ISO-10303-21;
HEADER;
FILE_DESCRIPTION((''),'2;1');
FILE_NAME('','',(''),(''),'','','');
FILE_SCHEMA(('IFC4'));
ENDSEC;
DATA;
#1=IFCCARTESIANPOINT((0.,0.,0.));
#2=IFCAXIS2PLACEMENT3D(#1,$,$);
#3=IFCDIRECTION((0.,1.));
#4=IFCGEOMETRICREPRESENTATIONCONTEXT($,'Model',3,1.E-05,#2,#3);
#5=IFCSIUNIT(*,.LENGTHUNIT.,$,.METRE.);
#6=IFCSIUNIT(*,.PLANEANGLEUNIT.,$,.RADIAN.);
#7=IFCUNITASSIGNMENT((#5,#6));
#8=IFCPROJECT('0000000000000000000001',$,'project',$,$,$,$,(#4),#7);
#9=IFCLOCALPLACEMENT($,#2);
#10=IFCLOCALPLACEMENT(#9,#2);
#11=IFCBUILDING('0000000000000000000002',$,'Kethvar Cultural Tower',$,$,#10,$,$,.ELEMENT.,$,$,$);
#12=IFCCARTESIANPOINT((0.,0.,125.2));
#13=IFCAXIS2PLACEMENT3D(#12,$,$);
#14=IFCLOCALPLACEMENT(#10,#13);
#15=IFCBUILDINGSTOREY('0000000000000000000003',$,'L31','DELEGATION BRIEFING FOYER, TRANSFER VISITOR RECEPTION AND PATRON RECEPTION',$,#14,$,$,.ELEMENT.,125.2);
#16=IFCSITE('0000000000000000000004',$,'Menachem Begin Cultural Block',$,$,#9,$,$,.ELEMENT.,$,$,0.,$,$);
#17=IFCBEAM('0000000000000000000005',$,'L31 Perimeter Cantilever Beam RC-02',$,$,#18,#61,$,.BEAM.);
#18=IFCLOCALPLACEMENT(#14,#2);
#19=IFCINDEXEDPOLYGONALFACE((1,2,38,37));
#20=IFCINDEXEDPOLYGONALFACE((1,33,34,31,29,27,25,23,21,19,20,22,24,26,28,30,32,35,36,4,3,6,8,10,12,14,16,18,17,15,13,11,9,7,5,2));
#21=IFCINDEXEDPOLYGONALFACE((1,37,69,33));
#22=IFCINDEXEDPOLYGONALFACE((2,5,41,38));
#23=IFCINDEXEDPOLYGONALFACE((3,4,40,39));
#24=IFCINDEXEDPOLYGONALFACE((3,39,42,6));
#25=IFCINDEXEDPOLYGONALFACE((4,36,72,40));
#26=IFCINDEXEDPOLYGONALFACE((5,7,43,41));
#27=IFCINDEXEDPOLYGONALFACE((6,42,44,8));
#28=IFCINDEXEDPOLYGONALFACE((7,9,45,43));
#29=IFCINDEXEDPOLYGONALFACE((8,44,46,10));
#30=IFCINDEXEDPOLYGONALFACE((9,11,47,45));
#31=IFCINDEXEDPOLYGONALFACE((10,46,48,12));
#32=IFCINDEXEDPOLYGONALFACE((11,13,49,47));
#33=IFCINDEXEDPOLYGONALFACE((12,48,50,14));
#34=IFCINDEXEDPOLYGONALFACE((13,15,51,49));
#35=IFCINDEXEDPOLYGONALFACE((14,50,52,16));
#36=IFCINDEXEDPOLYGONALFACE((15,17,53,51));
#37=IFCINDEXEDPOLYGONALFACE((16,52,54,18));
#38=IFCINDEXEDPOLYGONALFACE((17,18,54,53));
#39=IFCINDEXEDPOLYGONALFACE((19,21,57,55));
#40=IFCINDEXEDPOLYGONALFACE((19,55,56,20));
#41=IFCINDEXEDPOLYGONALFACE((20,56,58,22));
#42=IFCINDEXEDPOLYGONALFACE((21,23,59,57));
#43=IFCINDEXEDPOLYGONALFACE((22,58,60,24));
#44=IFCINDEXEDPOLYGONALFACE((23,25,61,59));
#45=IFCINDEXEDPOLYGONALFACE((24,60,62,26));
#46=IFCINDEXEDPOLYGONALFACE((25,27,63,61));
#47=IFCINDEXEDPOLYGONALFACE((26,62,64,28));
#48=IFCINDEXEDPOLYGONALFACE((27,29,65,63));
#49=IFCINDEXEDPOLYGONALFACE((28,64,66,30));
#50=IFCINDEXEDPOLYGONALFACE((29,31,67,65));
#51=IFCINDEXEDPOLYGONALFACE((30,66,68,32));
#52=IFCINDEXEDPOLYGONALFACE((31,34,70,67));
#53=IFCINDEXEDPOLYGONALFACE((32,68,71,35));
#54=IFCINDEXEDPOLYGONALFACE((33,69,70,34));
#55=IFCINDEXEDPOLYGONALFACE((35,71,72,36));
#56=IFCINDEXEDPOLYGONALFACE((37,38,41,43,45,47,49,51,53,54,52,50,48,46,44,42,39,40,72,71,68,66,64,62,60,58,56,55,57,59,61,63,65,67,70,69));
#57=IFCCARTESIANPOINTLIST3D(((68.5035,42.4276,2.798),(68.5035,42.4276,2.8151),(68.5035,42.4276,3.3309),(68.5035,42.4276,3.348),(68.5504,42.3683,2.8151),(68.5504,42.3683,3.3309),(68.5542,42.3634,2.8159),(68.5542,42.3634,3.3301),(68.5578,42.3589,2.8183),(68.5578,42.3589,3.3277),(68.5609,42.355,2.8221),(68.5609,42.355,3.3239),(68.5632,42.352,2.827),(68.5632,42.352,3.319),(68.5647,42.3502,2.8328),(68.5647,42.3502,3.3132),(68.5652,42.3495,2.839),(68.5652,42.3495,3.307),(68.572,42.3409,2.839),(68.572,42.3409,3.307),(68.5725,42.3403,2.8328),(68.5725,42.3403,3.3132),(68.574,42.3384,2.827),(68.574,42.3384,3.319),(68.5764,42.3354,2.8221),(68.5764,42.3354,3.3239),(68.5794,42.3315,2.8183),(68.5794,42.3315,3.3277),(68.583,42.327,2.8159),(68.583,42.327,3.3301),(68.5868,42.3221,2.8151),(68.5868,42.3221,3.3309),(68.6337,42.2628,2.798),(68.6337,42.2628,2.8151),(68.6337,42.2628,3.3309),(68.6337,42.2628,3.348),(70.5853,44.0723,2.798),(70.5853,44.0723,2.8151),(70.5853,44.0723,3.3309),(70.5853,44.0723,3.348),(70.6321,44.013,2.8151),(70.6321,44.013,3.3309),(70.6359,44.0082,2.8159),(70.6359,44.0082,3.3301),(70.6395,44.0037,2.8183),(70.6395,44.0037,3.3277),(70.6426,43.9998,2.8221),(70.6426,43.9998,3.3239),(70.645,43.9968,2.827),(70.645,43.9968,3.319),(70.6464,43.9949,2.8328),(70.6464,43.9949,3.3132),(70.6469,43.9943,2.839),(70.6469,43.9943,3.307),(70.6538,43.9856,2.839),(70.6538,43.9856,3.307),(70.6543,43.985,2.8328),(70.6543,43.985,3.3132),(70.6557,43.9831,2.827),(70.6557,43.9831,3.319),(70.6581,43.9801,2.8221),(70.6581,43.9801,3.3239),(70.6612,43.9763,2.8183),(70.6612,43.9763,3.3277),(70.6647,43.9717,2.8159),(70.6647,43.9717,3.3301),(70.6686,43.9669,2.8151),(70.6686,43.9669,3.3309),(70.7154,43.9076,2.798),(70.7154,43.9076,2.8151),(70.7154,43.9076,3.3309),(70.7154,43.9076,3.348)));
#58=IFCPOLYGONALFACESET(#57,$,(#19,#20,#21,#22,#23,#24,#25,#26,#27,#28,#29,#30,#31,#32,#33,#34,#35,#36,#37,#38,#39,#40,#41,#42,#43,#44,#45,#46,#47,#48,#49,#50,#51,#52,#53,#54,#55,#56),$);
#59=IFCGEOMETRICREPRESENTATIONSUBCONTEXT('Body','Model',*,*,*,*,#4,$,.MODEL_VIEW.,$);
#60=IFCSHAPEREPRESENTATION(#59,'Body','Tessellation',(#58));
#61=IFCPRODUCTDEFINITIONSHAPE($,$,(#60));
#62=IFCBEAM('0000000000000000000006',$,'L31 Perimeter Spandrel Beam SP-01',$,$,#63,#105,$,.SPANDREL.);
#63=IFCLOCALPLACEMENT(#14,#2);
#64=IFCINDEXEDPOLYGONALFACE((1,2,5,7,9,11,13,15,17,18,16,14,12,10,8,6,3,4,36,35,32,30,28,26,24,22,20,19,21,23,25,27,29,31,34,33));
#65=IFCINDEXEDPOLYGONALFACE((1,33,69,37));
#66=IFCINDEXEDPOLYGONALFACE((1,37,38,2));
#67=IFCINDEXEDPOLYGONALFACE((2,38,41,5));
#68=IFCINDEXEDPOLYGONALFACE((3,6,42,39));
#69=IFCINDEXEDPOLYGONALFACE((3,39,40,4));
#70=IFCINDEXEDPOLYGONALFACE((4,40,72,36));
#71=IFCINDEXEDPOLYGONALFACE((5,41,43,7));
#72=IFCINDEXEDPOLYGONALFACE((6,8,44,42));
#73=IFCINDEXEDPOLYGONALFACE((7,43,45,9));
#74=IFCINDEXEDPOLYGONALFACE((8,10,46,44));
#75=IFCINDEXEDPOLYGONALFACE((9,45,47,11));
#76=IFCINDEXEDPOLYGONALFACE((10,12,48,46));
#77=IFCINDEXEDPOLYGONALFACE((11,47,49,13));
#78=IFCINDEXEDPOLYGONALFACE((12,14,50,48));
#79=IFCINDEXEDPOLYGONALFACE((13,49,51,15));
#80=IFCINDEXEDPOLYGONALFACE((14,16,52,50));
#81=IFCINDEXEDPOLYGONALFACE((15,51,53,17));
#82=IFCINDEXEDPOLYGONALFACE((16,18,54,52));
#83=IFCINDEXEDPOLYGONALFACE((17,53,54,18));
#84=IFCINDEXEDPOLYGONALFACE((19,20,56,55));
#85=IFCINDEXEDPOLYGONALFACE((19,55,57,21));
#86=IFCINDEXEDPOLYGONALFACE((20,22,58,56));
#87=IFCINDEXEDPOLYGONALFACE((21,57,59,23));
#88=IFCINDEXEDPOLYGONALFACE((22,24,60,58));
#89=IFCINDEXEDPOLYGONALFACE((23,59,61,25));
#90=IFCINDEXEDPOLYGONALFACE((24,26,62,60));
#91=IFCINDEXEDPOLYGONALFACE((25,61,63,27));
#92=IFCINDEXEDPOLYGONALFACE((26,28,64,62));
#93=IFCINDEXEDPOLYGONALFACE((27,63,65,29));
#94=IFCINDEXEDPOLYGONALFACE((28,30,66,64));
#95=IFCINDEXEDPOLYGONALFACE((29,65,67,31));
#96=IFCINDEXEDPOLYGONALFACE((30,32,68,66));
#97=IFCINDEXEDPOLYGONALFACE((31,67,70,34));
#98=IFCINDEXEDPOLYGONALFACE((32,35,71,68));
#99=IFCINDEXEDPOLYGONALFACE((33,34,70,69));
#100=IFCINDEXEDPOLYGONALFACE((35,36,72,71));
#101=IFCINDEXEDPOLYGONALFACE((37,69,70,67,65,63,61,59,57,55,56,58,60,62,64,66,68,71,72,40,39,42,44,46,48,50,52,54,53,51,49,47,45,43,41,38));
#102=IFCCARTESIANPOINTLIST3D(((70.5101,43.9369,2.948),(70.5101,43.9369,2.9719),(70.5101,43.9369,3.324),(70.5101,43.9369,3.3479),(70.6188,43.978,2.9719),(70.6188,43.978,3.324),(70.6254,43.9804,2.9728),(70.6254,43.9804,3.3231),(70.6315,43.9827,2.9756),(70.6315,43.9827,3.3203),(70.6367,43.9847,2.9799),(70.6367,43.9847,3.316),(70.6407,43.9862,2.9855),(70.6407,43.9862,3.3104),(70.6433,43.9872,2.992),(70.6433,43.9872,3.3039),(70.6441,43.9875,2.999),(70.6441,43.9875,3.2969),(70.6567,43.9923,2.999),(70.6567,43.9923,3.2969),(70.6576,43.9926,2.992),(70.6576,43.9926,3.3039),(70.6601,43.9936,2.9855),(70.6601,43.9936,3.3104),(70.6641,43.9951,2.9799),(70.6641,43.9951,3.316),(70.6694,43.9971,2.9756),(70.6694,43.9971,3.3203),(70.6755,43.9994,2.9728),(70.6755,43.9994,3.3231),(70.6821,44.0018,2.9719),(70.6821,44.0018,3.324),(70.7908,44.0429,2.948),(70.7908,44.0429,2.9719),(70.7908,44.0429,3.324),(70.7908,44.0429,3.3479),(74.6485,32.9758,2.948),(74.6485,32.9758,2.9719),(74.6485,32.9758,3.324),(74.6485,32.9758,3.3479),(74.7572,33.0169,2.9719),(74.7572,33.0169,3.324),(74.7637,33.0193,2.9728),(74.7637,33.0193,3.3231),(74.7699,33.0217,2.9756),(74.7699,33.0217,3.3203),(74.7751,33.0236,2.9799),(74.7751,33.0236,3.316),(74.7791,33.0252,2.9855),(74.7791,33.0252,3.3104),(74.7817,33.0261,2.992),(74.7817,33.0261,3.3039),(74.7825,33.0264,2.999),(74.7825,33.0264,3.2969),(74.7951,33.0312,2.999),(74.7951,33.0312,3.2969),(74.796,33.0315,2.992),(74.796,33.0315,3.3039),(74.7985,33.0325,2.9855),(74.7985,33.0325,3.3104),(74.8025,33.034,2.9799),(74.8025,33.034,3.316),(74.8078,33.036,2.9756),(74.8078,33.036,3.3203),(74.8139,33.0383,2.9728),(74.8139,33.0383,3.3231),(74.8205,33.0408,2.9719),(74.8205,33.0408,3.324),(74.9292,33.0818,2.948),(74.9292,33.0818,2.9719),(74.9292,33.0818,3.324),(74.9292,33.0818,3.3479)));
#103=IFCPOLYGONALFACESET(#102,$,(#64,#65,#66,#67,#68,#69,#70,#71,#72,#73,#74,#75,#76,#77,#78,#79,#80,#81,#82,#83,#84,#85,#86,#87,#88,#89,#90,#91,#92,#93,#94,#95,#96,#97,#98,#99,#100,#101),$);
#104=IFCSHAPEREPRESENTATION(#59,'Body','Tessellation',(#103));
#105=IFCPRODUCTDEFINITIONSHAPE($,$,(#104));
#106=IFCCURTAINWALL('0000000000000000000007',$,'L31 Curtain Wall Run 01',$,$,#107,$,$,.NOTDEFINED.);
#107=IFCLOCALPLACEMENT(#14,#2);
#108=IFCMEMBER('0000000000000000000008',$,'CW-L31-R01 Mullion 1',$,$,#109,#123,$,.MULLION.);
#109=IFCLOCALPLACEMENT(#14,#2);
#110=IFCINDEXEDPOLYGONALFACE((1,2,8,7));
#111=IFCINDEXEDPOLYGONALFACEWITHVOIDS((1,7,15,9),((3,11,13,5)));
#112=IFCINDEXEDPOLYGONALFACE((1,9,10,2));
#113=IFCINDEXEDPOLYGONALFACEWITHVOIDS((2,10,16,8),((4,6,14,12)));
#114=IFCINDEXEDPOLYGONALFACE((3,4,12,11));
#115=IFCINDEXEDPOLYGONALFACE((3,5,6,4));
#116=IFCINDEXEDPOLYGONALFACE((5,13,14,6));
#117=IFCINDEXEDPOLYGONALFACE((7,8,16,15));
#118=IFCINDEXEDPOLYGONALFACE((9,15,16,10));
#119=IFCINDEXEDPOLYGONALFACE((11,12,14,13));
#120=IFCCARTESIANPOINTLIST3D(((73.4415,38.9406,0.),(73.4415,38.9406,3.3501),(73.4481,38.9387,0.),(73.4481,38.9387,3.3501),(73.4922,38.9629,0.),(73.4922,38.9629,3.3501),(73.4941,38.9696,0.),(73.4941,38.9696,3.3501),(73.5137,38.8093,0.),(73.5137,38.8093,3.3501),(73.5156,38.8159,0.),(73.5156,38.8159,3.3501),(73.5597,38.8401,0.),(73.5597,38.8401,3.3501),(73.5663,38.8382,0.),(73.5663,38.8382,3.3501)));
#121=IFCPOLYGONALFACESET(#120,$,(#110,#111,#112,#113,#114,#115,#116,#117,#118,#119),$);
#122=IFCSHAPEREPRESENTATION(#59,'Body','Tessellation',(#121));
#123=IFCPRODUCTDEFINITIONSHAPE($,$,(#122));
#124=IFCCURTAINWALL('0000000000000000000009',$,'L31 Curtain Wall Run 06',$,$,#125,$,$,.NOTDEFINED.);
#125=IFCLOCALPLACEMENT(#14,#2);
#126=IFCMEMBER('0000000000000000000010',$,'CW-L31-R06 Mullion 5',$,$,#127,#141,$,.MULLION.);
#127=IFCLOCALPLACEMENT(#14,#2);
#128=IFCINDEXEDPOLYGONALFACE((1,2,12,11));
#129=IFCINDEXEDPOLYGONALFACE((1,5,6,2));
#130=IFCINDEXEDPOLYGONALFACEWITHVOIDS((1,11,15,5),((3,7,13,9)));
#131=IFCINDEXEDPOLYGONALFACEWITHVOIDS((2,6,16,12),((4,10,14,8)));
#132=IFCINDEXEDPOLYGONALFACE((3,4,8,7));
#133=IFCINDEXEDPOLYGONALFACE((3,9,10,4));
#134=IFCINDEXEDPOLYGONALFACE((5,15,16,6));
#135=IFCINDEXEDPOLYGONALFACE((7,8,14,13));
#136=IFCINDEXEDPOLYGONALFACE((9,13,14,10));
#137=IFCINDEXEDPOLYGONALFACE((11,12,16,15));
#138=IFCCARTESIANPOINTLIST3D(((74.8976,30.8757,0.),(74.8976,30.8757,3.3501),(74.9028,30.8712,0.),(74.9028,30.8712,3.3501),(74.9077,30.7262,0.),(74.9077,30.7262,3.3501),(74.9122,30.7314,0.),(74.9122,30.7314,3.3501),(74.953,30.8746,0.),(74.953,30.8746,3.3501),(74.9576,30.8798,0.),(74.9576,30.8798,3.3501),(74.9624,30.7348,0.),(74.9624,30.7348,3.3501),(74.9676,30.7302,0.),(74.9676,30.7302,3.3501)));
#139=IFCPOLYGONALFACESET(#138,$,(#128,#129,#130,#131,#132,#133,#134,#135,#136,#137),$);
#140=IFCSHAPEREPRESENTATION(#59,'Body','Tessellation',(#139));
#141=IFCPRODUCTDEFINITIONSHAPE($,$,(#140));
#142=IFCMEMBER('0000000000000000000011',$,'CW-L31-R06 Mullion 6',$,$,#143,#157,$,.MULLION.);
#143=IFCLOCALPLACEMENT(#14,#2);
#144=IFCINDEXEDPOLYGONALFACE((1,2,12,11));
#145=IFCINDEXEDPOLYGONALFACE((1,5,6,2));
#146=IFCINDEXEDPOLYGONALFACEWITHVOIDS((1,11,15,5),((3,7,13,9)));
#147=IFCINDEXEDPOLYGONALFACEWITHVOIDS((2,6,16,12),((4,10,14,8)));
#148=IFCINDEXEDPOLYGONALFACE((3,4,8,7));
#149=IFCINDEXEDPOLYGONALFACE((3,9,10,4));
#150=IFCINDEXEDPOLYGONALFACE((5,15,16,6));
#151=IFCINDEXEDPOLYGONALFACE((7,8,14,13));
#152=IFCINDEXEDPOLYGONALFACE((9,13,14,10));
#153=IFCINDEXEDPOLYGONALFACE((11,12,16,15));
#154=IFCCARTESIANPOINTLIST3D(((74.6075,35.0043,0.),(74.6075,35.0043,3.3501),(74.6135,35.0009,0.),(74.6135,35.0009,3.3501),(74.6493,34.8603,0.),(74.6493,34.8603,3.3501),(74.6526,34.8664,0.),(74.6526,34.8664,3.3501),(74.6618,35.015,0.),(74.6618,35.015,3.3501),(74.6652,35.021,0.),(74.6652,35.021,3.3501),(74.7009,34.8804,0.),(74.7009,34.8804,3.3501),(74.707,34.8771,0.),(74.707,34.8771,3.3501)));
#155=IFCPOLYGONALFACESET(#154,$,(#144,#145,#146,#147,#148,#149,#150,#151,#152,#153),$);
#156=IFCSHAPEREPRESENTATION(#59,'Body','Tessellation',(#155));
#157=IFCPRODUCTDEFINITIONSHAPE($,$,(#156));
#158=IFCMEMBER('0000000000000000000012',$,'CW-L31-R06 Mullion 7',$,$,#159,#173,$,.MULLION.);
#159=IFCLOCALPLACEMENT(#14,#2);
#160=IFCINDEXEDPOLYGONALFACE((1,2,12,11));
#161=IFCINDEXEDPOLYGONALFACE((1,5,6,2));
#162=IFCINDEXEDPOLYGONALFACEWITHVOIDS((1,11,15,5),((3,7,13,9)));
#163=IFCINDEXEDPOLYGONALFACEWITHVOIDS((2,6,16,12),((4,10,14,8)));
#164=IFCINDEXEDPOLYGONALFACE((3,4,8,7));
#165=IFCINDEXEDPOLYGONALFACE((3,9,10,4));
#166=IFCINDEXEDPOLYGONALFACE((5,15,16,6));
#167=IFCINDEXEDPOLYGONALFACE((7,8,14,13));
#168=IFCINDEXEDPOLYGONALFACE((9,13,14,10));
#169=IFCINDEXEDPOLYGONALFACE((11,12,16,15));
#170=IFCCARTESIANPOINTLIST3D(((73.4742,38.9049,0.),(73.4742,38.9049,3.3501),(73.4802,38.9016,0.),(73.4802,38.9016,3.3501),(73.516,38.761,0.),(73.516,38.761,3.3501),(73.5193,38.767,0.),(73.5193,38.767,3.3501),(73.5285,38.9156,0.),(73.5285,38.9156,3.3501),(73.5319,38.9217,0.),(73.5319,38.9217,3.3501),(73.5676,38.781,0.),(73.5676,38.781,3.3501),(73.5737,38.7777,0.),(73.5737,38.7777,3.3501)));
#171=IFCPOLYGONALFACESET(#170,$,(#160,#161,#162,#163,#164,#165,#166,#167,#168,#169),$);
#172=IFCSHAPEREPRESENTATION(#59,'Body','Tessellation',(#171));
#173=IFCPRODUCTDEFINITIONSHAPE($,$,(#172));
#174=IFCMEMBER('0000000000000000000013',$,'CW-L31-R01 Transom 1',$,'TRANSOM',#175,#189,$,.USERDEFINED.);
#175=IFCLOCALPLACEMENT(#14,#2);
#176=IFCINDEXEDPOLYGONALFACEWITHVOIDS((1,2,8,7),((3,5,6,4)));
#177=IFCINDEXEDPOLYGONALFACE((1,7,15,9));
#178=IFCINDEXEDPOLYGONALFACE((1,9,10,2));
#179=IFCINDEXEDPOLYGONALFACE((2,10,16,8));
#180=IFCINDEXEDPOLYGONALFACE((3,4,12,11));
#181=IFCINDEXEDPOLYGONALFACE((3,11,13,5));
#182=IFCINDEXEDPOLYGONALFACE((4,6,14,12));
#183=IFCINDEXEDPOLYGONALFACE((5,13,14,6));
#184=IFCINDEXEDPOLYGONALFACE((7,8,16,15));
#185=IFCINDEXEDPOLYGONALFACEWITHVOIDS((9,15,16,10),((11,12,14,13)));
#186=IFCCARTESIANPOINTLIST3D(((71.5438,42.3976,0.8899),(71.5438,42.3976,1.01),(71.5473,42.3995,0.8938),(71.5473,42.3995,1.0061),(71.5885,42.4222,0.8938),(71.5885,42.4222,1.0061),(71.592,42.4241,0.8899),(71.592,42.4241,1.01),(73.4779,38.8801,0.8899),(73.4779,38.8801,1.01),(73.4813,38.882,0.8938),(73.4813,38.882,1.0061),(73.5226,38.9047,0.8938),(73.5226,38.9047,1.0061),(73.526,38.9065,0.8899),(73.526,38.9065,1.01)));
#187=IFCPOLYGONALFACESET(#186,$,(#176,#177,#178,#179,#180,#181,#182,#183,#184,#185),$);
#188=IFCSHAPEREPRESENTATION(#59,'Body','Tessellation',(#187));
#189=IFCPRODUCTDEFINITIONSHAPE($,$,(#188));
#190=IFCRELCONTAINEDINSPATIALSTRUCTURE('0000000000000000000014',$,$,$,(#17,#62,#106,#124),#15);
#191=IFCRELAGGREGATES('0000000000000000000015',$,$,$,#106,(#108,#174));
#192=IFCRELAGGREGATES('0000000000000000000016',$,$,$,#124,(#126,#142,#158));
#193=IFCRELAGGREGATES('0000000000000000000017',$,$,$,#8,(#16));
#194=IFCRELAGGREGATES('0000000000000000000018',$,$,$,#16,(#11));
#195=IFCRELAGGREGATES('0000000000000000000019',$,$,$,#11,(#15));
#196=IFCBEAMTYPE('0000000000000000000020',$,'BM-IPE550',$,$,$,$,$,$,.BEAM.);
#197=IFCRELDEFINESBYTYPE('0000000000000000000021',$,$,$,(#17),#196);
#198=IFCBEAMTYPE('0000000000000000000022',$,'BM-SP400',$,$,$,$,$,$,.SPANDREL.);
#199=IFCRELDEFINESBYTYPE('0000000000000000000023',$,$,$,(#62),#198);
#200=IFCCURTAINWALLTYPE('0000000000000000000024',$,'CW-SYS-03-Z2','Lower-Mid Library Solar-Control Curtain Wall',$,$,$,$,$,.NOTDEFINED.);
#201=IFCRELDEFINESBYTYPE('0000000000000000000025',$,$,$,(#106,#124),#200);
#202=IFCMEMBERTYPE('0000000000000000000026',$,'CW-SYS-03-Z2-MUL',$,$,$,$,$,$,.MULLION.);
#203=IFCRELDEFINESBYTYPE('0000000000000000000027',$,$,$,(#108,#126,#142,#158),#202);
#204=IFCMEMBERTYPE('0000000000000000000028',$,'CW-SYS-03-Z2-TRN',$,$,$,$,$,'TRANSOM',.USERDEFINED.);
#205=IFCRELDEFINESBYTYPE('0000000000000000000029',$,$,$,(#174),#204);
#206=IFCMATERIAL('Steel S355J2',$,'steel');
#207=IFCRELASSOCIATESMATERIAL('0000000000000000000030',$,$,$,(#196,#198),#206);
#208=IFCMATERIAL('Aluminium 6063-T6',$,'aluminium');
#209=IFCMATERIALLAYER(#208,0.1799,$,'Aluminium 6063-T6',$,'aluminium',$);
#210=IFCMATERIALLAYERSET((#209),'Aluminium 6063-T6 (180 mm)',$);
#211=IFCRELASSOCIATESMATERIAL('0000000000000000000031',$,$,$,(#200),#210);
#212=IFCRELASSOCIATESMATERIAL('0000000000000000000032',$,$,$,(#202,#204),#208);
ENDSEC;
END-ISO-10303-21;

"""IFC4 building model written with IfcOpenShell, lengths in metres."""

from ifc_helpers import new_model, si_unit, direction, frame, origin, origin_2d, place, context, subcontext, project, spatial, hollow_rectangle, i_section, extrude, source, transform, mapped, material, layer, layer_set, material_profile, profile_set, type_object, element, aggregate, save


model = new_model("IFC4")

# Units and contexts
model_context = context("Model", 3, precision=1e-05, world=origin(), true_north=direction((0.0, 1.0)))
body_context = subcontext(model_context, "Body", "Model", "MODEL_VIEW")
ifc_project = project(units=[si_unit("LENGTHUNIT", "METRE"), si_unit("PLANEANGLEUNIT", "RADIAN")], contexts=[model_context])

# Site, building, storey
site_placement = place(None, origin())
site = spatial("IfcSite", under=ifc_project, at=site_placement, Name="Menachem Begin Cultural Block", CompositionType="ELEMENT", RefElevation=0.0)
building_placement = place(site_placement, origin())
building = spatial("IfcBuilding", under=site, at=building_placement, Name="Kethvar Cultural Tower", CompositionType="ELEMENT")
storey_placement = place(building_placement, frame((0.0, 0.0, 125.2)))
storey = spatial("IfcBuildingStorey", under=building, at=storey_placement, Name="L31", Description="DELEGATION BRIEFING FOYER, TRANSFER VISITOR RECEPTION AND PATRON RECEPTION", CompositionType="ELEMENT", Elevation=125.2)

# Beams
ifc_material_1 = material(Name="Steel S355J2", Category="steel")
ifc_material_profile_1 = material_profile(ifc_material_1, i_section(OverallWidth=0.21, OverallDepth=0.55, WebThickness=0.011, FlangeThickness=0.0171, FilletRadius=0.0239, at=origin_2d()), Name="Steel S355J2 — IPE550")
ifc_profile_set_1 = profile_set([ifc_material_profile_1], Name="Steel S355J2 — IPE550")
beam_type_1 = type_object("IfcBeamType", Name="BM-IPE550", PredefinedType="BEAM", material=ifc_profile_set_1)
shared_shape_1 = source(origin(), body_context, "Body", "SweptSolid", [
    extrude(i_section(OverallWidth=0.21, OverallDepth=0.55, WebThickness=0.011, FlangeThickness=0.0171, FilletRadius=0.0239, at=origin_2d()), origin(), (0.0, 0.0, 1.0), 2.6531),
])
beam_1_placement = place(storey_placement, frame((68.5686, 42.3452, 3.073), z_axis=(0.784652, 0.619937, 0.0), x_axis=(-0.619937, 0.784652, 0.0)))
element("IfcBeam", 1, at=beam_1_placement, inside=storey, type_object=beam_type_1, Name="L31 Perimeter Cantilever Beam RC-02", PredefinedType="BEAM", context=body_context, shape_type="MappedRepresentation", body=[
    mapped(shared_shape_1, transform((0.0, 0.0, 0.0), scale=1.0)),
])
ifc_material_profile_2 = material_profile(ifc_material_1, i_section(OverallWidth=0.3, OverallDepth=0.3999, WebThickness=0.0134, FlangeThickness=0.0239, FilletRadius=0.0271, at=origin_2d()), Name="Steel S355J2 — HEB400")
ifc_profile_set_2 = profile_set([ifc_material_profile_2], Name="Steel S355J2 — HEB400")
beam_type_2 = type_object("IfcBeamType", Name="BM-SP400", PredefinedType="SPANDREL", material=ifc_profile_set_2)
shared_shape_2 = source(origin(), body_context, "Body", "SweptSolid", [
    extrude(i_section(OverallWidth=0.3, OverallDepth=0.3999, WebThickness=0.0134, FlangeThickness=0.0239, FilletRadius=0.0271, at=origin_2d()), origin(), (0.0, 0.0, 1.0), 11.7163),
])
beam_2_placement = place(storey_placement, frame((74.7888, 33.0288, 3.1479), z_axis=(-0.353217, 0.935542, 0.0), x_axis=(-0.935542, -0.353217, 0.0)))
element("IfcBeam", 2, at=beam_2_placement, inside=storey, type_object=beam_type_2, Name="L31 Perimeter Spandrel Beam SP-01", PredefinedType="SPANDREL", context=body_context, shape_type="MappedRepresentation", body=[
    mapped(shared_shape_2, transform((0.0, 0.0, 0.0), scale=1.0)),
])

# Curtain wall, member
ifc_material_2 = material(Name="Aluminium 6063-T6", Category="aluminium")
ifc_layer_1 = layer(ifc_material_2, 0.1799, Name="Aluminium 6063-T6", Category="aluminium")
ifc_layer_set_1 = layer_set([ifc_layer_1], Name="Aluminium 6063-T6 (180 mm)")
curtain_wall_type = type_object("IfcCurtainWallType", Name="CW-SYS-03-Z2", Description="Lower-Mid Library Solar-Control Curtain Wall", PredefinedType="NOTDEFINED", material=ifc_layer_set_1)
curtain_wall_1_placement = place(storey_placement, origin())
curtain_wall_1 = element("IfcCurtainWall", 3, at=curtain_wall_1_placement, inside=storey, type_object=curtain_wall_type, Name="L31 Curtain Wall Run 01", PredefinedType="NOTDEFINED")
ifc_material_profile_3 = material_profile(ifc_material_2, hollow_rectangle(XDim=0.0601, YDim=0.1499, WallThickness=0.0049, at=origin_2d()), Name="Aluminium 6063-T6 — RHS150x60x5")
ifc_profile_set_3 = profile_set([ifc_material_profile_3], Name="Aluminium 6063-T6 — RHS150x60x5")
member_type_1 = type_object("IfcMemberType", Name="CW-SYS-03-Z2-MUL", PredefinedType="MULLION", material=ifc_profile_set_3)
shared_shape_3 = source(origin(), body_context, "Body", "SweptSolid", [
    extrude(hollow_rectangle(XDim=0.0601, YDim=0.1499, WallThickness=0.0049, at=origin_2d()), origin(), (0.0, 0.0, 1.0), 3.3501),
])
member_1_placement = place(storey_placement, frame((73.5039, 38.8894, 0.0), z_axis=(0.0, 0.0, 1.0), x_axis=(-0.876298, -0.481769, 0.0)))
member_1 = element("IfcMember", 4, at=member_1_placement, type_object=member_type_1, Name="CW-L31-R01 Mullion 1", PredefinedType="MULLION", context=body_context, shape_type="MappedRepresentation", body=[
    mapped(shared_shape_3, transform((0.0, 0.0, 0.0), scale=1.0)),
])

# Curtain wall, members
curtain_wall_2_placement = place(storey_placement, origin())
curtain_wall_2 = element("IfcCurtainWall", 5, at=curtain_wall_2_placement, inside=storey, type_object=curtain_wall_type, Name="L31 Curtain Wall Run 06", PredefinedType="NOTDEFINED")
member_2_placement = place(storey_placement, frame((74.9326, 30.803, 0.0), z_axis=(0.0, 0.0, 1.0), x_axis=(-0.997751, -0.067023, 0.0)))
member_2 = element("IfcMember", 6, at=member_2_placement, type_object=member_type_1, Name="CW-L31-R06 Mullion 5", PredefinedType="MULLION", context=body_context, shape_type="MappedRepresentation", body=[
    mapped(shared_shape_3, transform((0.0, 0.0, 0.0), scale=1.0)),
])
member_3_placement = place(storey_placement, frame((74.6572, 34.9407, 0.0), z_axis=(0.0, 0.0, 1.0), x_axis=(-0.960294, -0.278991, 0.0)))
member_3 = element("IfcMember", 7, at=member_3_placement, type_object=member_type_1, Name="CW-L31-R06 Mullion 6", PredefinedType="MULLION", context=body_context, shape_type="MappedRepresentation", body=[
    mapped(shared_shape_3, transform((0.0, 0.0, 0.0), scale=1.0)),
])
member_4_placement = place(storey_placement, frame((73.5239, 38.8413, 0.0), z_axis=(0.0, 0.0, 1.0), x_axis=(-0.960294, -0.278991, 0.0)))
member_4 = element("IfcMember", 8, at=member_4_placement, type_object=member_type_1, Name="CW-L31-R06 Mullion 7", PredefinedType="MULLION", context=body_context, shape_type="MappedRepresentation", body=[
    mapped(shared_shape_3, transform((0.0, 0.0, 0.0), scale=1.0)),
])

# Member
ifc_material_profile_4 = material_profile(ifc_material_2, hollow_rectangle(XDim=0.0549, YDim=0.1201, WallThickness=0.0039, at=origin_2d()), Name="Aluminium 6063-T6 — RHS120x55x4")
ifc_profile_set_4 = profile_set([ifc_material_profile_4], Name="Aluminium 6063-T6 — RHS120x55x4")
member_type_2 = type_object("IfcMemberType", Name="CW-SYS-03-Z2-TRN", ElementType="TRANSOM", PredefinedType="USERDEFINED", material=ifc_profile_set_4)
shared_shape_4 = source(origin(), body_context, "Body", "SweptSolid", [
    extrude(hollow_rectangle(XDim=0.0549, YDim=0.1201, WallThickness=0.0039, at=origin_2d()), origin(), (0.0, 0.0, 1.0), 4.0142),
])
member_5_placement = place(storey_placement, frame((73.502, 38.8933, 0.95), z_axis=(-0.481807, 0.876278, 0.0), x_axis=(-0.876278, -0.481807, 0.0)))
member_5 = element("IfcMember", 9, at=member_5_placement, type_object=member_type_2, Name="CW-L31-R01 Transom 1", ObjectType="TRANSOM", PredefinedType="USERDEFINED", context=body_context, shape_type="MappedRepresentation", body=[
    mapped(shared_shape_4, transform((0.0, 0.0, 0.0), scale=1.0)),
])

aggregate(curtain_wall_1, [member_1, member_5])
aggregate(curtain_wall_2, [member_2, member_3, member_4])

save(model, "model.ifc")
